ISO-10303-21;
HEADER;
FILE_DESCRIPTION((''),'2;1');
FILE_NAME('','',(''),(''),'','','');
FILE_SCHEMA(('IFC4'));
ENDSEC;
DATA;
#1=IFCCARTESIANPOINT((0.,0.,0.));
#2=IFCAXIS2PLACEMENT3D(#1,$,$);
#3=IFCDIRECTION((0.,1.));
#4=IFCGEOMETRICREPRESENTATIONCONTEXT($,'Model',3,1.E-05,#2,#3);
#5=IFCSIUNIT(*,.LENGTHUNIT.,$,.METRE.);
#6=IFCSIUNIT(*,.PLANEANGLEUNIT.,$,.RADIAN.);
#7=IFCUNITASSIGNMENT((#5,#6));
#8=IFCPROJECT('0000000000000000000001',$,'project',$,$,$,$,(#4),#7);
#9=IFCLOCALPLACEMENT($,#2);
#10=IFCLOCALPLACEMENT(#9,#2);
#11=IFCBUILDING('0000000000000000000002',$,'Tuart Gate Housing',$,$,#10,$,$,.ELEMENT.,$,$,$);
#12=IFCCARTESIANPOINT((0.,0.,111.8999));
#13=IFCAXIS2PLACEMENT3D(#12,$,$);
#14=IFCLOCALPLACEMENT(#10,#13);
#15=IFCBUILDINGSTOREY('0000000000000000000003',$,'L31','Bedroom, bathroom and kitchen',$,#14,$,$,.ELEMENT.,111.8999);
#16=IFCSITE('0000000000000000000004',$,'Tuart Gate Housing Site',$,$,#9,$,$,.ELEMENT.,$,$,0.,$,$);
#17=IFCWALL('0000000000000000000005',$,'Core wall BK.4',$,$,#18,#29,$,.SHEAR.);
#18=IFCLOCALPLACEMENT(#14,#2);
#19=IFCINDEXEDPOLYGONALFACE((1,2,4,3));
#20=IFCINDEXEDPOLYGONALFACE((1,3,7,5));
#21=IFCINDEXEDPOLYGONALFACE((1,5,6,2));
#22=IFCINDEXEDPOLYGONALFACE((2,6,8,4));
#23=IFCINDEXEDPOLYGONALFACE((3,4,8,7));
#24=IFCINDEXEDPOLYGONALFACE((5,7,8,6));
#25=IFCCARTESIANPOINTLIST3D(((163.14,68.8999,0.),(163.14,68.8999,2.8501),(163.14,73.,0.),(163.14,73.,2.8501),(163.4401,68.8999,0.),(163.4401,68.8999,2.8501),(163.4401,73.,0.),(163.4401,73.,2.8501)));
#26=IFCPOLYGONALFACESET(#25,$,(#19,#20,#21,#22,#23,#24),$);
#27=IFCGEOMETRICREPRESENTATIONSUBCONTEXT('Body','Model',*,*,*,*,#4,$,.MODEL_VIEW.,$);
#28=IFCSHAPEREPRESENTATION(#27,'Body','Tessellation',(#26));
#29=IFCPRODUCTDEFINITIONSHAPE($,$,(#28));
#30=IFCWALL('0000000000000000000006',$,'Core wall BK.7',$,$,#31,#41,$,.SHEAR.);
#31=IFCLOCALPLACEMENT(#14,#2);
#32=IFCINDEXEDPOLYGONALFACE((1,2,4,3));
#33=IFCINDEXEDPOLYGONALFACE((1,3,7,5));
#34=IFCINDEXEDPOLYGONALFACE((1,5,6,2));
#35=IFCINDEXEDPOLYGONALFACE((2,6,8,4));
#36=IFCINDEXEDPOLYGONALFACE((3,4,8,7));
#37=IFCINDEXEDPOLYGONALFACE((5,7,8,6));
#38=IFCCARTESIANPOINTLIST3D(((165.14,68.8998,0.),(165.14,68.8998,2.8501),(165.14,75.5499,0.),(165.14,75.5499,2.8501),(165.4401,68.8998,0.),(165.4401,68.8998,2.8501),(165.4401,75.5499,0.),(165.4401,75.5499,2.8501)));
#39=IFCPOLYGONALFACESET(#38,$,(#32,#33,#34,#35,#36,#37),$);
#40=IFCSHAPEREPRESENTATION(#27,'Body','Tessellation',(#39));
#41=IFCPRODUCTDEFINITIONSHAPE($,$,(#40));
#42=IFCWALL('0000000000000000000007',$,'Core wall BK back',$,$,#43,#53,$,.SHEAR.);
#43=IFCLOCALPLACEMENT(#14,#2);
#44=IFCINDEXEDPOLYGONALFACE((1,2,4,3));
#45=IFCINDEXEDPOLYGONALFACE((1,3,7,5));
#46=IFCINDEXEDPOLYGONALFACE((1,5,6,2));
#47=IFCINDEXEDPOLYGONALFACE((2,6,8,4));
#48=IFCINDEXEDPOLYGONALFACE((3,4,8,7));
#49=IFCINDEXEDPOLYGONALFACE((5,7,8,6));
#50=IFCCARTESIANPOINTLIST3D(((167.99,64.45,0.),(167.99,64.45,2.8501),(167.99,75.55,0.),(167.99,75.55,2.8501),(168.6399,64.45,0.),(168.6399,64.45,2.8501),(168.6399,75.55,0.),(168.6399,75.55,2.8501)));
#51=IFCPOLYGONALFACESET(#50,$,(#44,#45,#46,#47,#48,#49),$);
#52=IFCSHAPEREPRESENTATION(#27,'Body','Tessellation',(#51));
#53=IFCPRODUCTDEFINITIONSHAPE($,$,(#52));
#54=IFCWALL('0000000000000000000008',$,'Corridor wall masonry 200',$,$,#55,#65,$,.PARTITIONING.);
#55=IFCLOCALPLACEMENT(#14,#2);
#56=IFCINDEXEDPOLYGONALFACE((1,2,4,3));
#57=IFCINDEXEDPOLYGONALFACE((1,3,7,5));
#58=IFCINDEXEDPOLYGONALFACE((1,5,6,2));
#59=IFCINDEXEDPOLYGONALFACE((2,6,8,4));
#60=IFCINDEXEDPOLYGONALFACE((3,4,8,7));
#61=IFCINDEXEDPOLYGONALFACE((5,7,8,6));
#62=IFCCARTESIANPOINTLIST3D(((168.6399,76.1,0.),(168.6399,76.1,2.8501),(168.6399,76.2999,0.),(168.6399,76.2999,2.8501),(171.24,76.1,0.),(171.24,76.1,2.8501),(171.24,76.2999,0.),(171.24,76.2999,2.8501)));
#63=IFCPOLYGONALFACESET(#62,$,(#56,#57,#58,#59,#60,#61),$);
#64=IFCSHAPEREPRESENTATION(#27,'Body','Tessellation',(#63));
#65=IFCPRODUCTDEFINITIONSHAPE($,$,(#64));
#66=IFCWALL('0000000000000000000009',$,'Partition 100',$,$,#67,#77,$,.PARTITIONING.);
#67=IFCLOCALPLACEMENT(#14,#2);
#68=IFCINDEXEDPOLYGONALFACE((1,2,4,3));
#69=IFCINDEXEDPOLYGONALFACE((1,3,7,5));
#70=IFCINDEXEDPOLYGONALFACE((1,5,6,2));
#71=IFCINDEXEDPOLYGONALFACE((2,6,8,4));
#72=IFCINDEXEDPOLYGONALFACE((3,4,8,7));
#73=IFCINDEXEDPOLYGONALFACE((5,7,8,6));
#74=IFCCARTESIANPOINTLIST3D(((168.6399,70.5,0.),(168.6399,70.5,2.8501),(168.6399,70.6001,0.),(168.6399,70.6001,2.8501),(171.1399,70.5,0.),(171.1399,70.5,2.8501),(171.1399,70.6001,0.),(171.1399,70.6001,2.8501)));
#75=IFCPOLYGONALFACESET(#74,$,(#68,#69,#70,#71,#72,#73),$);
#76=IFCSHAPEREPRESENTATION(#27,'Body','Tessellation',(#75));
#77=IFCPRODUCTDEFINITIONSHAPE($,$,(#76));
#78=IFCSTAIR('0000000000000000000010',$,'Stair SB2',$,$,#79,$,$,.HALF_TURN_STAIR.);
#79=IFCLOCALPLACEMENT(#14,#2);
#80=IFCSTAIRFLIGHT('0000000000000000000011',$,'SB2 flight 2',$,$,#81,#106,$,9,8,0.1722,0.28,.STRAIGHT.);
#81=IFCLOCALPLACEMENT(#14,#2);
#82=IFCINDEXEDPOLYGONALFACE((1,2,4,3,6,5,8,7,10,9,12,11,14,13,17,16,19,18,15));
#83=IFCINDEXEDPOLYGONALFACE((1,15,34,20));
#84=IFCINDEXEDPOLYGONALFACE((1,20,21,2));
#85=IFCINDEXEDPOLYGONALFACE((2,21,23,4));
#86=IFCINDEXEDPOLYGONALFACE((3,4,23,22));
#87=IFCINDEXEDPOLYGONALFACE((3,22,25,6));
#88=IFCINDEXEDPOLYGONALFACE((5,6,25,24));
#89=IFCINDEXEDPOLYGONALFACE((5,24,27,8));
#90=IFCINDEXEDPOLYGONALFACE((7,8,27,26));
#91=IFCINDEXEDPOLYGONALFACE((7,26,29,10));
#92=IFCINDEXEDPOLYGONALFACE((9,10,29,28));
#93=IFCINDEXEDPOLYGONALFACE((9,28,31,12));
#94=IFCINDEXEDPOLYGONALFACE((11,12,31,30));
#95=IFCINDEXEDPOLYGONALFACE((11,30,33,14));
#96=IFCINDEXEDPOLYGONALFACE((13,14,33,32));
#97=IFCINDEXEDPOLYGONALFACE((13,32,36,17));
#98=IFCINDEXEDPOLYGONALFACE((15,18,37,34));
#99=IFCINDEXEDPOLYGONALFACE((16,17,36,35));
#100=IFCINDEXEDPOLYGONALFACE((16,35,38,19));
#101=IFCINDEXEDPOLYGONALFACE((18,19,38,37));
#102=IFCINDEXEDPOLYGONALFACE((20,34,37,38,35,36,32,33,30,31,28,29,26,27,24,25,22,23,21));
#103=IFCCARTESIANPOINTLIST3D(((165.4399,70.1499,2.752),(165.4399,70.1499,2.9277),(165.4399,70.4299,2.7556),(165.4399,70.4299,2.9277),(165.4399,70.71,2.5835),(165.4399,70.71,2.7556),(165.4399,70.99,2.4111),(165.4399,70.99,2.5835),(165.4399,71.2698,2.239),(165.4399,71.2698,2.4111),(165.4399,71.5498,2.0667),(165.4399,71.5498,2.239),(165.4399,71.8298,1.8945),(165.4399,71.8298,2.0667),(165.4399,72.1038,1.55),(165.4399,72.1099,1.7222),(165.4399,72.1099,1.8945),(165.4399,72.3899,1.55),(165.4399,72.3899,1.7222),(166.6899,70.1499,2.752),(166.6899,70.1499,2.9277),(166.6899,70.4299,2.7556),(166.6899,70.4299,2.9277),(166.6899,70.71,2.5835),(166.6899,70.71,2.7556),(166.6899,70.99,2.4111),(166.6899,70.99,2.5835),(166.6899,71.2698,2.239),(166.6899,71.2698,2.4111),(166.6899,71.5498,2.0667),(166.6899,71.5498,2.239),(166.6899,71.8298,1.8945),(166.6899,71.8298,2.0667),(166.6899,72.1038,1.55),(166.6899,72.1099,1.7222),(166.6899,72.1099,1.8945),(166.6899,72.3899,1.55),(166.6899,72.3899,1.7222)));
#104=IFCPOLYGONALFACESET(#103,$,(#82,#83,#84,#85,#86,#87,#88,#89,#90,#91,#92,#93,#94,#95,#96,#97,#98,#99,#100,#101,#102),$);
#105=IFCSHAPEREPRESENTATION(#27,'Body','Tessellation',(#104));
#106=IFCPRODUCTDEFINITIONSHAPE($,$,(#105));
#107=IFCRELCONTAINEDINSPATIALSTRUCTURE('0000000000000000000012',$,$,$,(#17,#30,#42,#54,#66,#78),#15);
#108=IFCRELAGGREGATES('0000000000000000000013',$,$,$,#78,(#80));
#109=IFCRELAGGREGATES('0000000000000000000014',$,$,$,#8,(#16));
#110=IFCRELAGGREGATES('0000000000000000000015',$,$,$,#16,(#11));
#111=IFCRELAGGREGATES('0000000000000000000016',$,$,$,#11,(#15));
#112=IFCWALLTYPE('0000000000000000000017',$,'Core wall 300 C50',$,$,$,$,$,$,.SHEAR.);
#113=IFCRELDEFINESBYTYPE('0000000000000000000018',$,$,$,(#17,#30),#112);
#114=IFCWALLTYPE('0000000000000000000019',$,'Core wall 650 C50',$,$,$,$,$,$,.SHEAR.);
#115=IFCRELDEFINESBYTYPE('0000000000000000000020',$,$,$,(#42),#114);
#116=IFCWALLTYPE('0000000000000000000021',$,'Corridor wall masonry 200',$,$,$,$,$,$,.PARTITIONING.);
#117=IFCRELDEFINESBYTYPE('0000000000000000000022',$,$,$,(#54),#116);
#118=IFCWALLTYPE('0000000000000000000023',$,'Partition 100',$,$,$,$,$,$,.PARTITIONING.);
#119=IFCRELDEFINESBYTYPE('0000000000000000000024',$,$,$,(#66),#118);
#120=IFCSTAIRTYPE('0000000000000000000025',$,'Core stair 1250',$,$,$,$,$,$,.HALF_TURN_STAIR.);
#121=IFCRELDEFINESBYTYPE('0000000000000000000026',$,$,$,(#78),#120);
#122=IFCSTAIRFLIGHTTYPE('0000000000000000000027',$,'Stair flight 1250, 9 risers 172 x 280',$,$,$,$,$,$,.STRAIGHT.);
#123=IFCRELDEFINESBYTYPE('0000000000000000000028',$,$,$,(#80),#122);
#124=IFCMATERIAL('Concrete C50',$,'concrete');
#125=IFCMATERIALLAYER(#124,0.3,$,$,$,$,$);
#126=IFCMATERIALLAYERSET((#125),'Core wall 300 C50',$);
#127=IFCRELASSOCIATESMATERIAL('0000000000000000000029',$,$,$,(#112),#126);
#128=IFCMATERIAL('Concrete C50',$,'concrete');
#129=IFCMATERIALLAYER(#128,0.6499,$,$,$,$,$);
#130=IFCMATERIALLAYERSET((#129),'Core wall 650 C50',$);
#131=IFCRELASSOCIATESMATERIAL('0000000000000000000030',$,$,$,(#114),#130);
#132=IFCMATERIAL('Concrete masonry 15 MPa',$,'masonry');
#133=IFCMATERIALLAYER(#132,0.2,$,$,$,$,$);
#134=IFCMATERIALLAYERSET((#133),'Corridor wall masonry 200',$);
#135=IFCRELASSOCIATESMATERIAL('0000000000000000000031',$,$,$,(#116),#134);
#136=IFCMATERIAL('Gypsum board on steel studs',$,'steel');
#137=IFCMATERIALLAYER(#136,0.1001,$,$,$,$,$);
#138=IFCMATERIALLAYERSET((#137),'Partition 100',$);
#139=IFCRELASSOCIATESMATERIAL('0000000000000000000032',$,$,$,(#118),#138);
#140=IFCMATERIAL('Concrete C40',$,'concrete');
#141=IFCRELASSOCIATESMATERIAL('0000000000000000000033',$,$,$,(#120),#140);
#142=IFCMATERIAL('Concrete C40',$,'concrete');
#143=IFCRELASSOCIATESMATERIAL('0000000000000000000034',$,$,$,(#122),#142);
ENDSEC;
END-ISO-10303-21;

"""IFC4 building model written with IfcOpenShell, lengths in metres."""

from ifc_helpers import new_model, si_unit, direction, frame, frame_2d, origin, place, context, subcontext, project, spatial, polyline, rectangle, outline, extrude, material, layer, layer_set, type_object, element, aggregate, save


model = new_model("IFC4")

# Units and contexts
model_context = context("Model", 3, precision=1e-05, world=origin(), true_north=direction((0.0, 1.0)))
body_context = subcontext(model_context, "Body", "Model", "MODEL_VIEW")
ifc_project = project(units=[si_unit("LENGTHUNIT", "METRE"), si_unit("PLANEANGLEUNIT", "RADIAN")], contexts=[model_context])

# Site, building, storey
site_placement = place(None, origin())
site = spatial("IfcSite", under=ifc_project, at=site_placement, Name="Tuart Gate Housing Site", CompositionType="ELEMENT", RefElevation=0.0)
building_placement = place(site_placement, origin())
building = spatial("IfcBuilding", under=site, at=building_placement, Name="Tuart Gate Housing", CompositionType="ELEMENT")
storey_placement = place(building_placement, frame((0.0, 0.0, 111.8999)))
storey = spatial("IfcBuildingStorey", under=building, at=storey_placement, Name="L31", Description="Bedroom, bathroom and kitchen", CompositionType="ELEMENT", Elevation=111.8999)

# Walls
ifc_material_1 = material(Name="Concrete C50", Category="concrete")
ifc_layer_1 = layer(ifc_material_1, 0.3)
ifc_layer_set_1 = layer_set([ifc_layer_1], Name="Core wall 300 C50")
wall_type_1 = type_object("IfcWallType", Name="Core wall 300 C50", PredefinedType="SHEAR", material=ifc_layer_set_1)
wall_1_placement = place(storey_placement, frame((163.29, 73.0, 0.0), z_axis=(0.0, 0.0, 1.0), x_axis=(0.0, -1.0, 0.0)))
element("IfcWall", 1, at=wall_1_placement, inside=storey, type_object=wall_type_1, Name="Core wall BK.4", PredefinedType="SHEAR", context=body_context, shape_type="SweptSolid", body=[
    extrude(rectangle(XDim=4.1001, YDim=0.3, at=frame_2d((2.05, 0.0))), origin(), (0.0, 0.0, 1.0), 2.8501),
])
wall_2_placement = place(storey_placement, frame((165.29, 75.55, 0.0), z_axis=(0.0, 0.0, 1.0), x_axis=(0.0, -1.0, 0.0)))
element("IfcWall", 2, at=wall_2_placement, inside=storey, type_object=wall_type_1, Name="Core wall BK.7", PredefinedType="SHEAR", context=body_context, shape_type="SweptSolid", body=[
    extrude(rectangle(XDim=6.6501, YDim=0.3, at=frame_2d((3.3252, 0.0))), origin(), (0.0, 0.0, 1.0), 2.8501),
])
ifc_material_2 = material(Name="Concrete C50", Category="concrete")
ifc_layer_2 = layer(ifc_material_2, 0.6499)
ifc_layer_set_2 = layer_set([ifc_layer_2], Name="Core wall 650 C50")
wall_type_2 = type_object("IfcWallType", Name="Core wall 650 C50", PredefinedType="SHEAR", material=ifc_layer_set_2)
wall_3_placement = place(storey_placement, frame((168.3149, 75.55, 0.0), z_axis=(0.0, 0.0, 1.0), x_axis=(0.0, -1.0, 0.0)))
element("IfcWall", 3, at=wall_3_placement, inside=storey, type_object=wall_type_2, Name="Core wall BK back", PredefinedType="SHEAR", context=body_context, shape_type="SweptSolid", body=[
    extrude(rectangle(XDim=11.1001, YDim=0.6499, at=frame_2d((5.55, 0.0))), origin(), (0.0, 0.0, 1.0), 2.8501),
])
ifc_material_3 = material(Name="Concrete masonry 15 MPa", Category="masonry")
ifc_layer_3 = layer(ifc_material_3, 0.2)
ifc_layer_set_3 = layer_set([ifc_layer_3], Name="Corridor wall masonry 200")
wall_type_3 = type_object("IfcWallType", Name="Corridor wall masonry 200", PredefinedType="PARTITIONING", material=ifc_layer_set_3)
wall_4_placement = place(storey_placement, frame((168.6399, 76.2, 0.0), z_axis=(0.0, 0.0, 1.0), x_axis=(1.0, 0.0, 0.0)))
element("IfcWall", 4, at=wall_4_placement, inside=storey, type_object=wall_type_3, Name="Corridor wall masonry 200", PredefinedType="PARTITIONING", context=body_context, shape_type="SweptSolid", body=[
    extrude(rectangle(XDim=2.6001, YDim=0.2, at=frame_2d((1.3, 0.0))), origin(), (0.0, 0.0, 1.0), 2.8501),
])
ifc_material_4 = material(Name="Gypsum board on steel studs", Category="steel")
ifc_layer_4 = layer(ifc_material_4, 0.1001)
ifc_layer_set_4 = layer_set([ifc_layer_4], Name="Partition 100")
wall_type_4 = type_object("IfcWallType", Name="Partition 100", PredefinedType="PARTITIONING", material=ifc_layer_set_4)
wall_5_placement = place(storey_placement, frame((168.6399, 70.55, 0.0), z_axis=(0.0, 0.0, 1.0), x_axis=(1.0, 0.0, 0.0)))
element("IfcWall", 5, at=wall_5_placement, inside=storey, type_object=wall_type_4, Name="Partition 100", PredefinedType="PARTITIONING", context=body_context, shape_type="SweptSolid", body=[
    extrude(rectangle(XDim=2.5, YDim=0.1001, at=frame_2d((1.25, 0.0))), origin(), (0.0, 0.0, 1.0), 2.8501),
])

# Stair, stair flight
ifc_material_5 = material(Name="Concrete C40", Category="concrete")
stair_type = type_object("IfcStairType", Name="Core stair 1250", PredefinedType="HALF_TURN_STAIR", material=ifc_material_5)
stair_placement = place(storey_placement, origin())
stair = element("IfcStair", 6, at=stair_placement, inside=storey, type_object=stair_type, Name="Stair SB2", PredefinedType="HALF_TURN_STAIR")
ifc_material_6 = material(Name="Concrete C40", Category="concrete")
stair_flight_type = type_object("IfcStairFlightType", Name="Stair flight 1250, 9 risers 172 x 280", PredefinedType="STRAIGHT", material=ifc_material_6)
stair_flight_placement = place(storey_placement, frame((166.0649, 72.3899, 1.55), z_axis=(0.0, 0.0, 1.0), x_axis=(0.0, -1.0, 0.0)))
stair_flight = element("IfcStairFlight", 7, at=stair_flight_placement, type_object=stair_flight_type, Name="SB2 flight 2", NumberOfRisers=9, NumberOfTreads=8, PredefinedType="STRAIGHT", RiserHeight=0.1722, TreadLength=0.28, context=body_context, shape_type="SweptSolid", body=[
    extrude(outline(polyline([(0.0, 0.0), (0.0, 0.1721), (0.28, 0.1721), (0.28, 0.3445), (0.5601, 0.3445), (0.5601, 0.5166), (0.8401, 0.5166), (0.8401, 0.689), (1.1201, 0.689), (1.1201, 0.8611), (1.3999, 0.8611), (1.3999, 1.0334), (1.6799, 1.0334), (1.6799, 1.2056), (1.96, 1.2056), (1.96, 1.3777), (2.24, 1.3777), (2.24, 1.55), (2.24, 1.2019), (0.2861, 0.0), (0.0, 0.0)])), frame((0.0, 0.625, 0.0), z_axis=(0.0, -1.0, 0.0), x_axis=(1.0, 0.0, 0.0)), (0.0, 0.0, 1.0), 1.25),
])
aggregate(stair, [stair_flight])

save(model, "model.ifc")
